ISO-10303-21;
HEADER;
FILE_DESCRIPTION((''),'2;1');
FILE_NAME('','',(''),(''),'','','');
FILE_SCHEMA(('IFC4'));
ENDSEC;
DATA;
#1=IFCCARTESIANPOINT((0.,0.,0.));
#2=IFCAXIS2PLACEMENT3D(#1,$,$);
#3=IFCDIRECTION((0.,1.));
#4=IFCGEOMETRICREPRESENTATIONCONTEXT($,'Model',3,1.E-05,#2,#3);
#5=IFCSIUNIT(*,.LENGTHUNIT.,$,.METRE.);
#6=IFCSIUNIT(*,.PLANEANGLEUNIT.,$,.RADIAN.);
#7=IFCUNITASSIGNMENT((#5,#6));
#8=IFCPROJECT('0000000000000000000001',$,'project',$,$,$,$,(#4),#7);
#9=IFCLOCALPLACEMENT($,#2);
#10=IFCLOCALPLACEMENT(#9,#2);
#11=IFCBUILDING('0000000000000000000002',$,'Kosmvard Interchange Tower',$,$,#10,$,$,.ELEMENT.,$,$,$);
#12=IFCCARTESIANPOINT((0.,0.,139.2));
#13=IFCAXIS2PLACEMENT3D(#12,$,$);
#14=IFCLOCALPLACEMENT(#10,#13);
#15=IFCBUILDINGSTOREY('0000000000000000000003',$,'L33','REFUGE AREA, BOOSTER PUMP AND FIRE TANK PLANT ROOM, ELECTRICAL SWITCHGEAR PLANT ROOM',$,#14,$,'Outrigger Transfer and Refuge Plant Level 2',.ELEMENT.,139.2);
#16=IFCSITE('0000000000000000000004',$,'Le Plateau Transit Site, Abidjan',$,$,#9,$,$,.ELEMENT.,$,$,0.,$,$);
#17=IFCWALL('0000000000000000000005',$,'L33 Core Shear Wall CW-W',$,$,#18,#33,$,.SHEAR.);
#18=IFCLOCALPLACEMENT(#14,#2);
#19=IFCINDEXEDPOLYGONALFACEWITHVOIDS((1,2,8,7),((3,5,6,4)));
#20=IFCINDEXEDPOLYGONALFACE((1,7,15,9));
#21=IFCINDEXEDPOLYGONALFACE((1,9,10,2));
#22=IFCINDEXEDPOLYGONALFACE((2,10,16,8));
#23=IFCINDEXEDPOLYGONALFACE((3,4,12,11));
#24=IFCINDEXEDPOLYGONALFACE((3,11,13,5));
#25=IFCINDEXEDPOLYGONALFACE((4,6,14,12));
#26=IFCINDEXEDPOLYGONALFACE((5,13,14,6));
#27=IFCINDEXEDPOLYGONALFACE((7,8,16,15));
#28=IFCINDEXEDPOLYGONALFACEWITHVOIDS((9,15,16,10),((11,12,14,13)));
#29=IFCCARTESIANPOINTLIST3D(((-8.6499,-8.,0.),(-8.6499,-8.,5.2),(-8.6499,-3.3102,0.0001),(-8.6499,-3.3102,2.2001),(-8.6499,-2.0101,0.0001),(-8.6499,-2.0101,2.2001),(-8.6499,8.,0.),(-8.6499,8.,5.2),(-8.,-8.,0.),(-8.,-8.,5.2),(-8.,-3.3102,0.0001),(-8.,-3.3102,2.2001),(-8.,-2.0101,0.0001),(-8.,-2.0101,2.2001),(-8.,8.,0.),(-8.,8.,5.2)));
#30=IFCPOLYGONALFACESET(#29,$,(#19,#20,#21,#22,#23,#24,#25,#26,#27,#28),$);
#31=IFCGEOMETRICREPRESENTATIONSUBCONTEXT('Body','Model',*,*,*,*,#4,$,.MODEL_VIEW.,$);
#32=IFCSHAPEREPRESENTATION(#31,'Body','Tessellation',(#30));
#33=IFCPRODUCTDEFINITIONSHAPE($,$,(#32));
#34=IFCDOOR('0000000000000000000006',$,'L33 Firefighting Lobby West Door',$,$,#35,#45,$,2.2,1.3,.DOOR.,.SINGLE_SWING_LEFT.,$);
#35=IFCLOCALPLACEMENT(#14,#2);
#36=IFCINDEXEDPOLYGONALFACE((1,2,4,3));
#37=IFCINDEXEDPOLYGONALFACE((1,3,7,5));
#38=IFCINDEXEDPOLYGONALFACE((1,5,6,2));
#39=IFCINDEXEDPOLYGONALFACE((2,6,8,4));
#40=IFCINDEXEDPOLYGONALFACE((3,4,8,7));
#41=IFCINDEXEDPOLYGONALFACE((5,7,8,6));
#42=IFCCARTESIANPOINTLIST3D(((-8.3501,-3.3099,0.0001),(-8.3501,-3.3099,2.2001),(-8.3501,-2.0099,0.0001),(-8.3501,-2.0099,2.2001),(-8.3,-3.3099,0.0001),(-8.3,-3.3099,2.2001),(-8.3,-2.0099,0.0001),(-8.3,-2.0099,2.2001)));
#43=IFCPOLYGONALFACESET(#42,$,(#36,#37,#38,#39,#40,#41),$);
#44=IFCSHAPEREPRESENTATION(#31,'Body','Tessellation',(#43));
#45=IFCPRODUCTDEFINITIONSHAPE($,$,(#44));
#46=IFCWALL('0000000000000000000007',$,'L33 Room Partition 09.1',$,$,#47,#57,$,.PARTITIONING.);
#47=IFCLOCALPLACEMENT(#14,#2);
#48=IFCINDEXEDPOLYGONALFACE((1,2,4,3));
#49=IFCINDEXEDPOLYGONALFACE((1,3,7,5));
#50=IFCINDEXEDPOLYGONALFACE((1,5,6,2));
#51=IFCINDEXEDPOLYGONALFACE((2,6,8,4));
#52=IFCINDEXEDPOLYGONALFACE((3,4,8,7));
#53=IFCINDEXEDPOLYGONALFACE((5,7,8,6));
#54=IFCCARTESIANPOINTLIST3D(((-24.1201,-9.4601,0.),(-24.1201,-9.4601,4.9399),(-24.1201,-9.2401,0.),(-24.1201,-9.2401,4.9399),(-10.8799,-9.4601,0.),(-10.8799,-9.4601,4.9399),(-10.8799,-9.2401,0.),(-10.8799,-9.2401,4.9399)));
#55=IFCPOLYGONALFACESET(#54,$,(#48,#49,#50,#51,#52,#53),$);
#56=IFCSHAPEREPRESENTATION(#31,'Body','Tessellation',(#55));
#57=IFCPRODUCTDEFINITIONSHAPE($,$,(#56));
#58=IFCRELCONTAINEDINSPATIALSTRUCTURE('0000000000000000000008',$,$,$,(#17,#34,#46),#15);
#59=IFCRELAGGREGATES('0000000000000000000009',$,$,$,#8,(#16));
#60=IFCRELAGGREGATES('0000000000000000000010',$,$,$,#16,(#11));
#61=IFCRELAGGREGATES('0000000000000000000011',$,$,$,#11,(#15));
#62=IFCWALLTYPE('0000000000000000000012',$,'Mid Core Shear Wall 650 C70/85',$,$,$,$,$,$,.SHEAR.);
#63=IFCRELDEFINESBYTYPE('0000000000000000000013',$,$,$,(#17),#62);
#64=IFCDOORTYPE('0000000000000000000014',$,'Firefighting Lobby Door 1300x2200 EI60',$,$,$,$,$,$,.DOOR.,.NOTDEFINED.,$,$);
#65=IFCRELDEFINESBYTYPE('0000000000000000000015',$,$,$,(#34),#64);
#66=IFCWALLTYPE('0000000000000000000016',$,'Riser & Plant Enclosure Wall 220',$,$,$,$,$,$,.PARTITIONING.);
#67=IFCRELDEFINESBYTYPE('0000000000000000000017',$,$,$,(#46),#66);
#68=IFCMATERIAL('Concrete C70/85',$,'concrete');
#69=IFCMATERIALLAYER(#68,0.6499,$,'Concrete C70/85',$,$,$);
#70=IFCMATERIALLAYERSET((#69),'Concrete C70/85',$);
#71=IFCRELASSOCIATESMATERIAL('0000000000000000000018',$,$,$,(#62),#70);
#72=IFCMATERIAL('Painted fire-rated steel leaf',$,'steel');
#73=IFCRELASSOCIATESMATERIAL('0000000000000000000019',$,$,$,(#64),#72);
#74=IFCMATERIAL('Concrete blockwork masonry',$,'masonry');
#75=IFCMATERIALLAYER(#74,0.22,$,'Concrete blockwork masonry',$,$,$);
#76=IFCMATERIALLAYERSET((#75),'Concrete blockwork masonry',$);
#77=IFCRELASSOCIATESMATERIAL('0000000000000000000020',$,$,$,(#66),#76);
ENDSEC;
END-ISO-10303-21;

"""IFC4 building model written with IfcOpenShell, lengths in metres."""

from ifc_helpers import new_model, si_unit, direction, frame, frame_2d, origin, place, context, subcontext, project, spatial, rectangle, extrude, source, transform, mapped, material, layer, layer_set, type_object, element, fill, save


model = new_model("IFC4")

# Units and contexts
model_context = context("Model", 3, precision=1e-05, world=origin(), true_north=direction((0.0, 1.0)))
body_context = subcontext(model_context, "Body", "Model", "MODEL_VIEW")
ifc_project = project(units=[si_unit("LENGTHUNIT", "METRE"), si_unit("PLANEANGLEUNIT", "RADIAN")], contexts=[model_context])

# Site, building, storey
site_placement = place(None, origin())
site = spatial("IfcSite", under=ifc_project, at=site_placement, Name="Le Plateau Transit Site, Abidjan", CompositionType="ELEMENT", RefElevation=0.0)
building_placement = place(site_placement, origin())
building = spatial("IfcBuilding", under=site, at=building_placement, Name="Kosmvard Interchange Tower", CompositionType="ELEMENT")
storey_placement = place(building_placement, frame((0.0, 0.0, 139.2)))
storey = spatial("IfcBuildingStorey", under=building, at=storey_placement, Name="L33", Description="REFUGE AREA, BOOSTER PUMP AND FIRE TANK PLANT ROOM, ELECTRICAL SWITCHGEAR PLANT ROOM", LongName="Outrigger Transfer and Refuge Plant Level 2", CompositionType="ELEMENT", Elevation=139.2)

# Shared definitions
ifc_material_1 = material(Name="Concrete blockwork masonry", Category="masonry")
ifc_material_2 = material(Name="Painted fire-rated steel leaf", Category="steel")

# Wall, opening, door
ifc_material_3 = material(Name="Concrete C70/85", Category="concrete")
ifc_layer_1 = layer(ifc_material_3, 0.6499, Name="Concrete C70/85")
ifc_layer_set_1 = layer_set([ifc_layer_1], Name="Concrete C70/85")
wall_type_1 = type_object("IfcWallType", Name="Mid Core Shear Wall 650 C70/85", PredefinedType="SHEAR", material=ifc_layer_set_1)
door_type_1 = type_object("IfcDoorType", Name="Firefighting Lobby Door 1300x2200 EI60", OperationType="NOTDEFINED", PredefinedType="DOOR", material=ifc_material_2)
shared_shape_1 = source(origin(), body_context, "Body", "SweptSolid", [
    extrude(rectangle(XDim=1.3, YDim=2.2, at=frame_2d((0.6499, 1.1001))), frame((0.0, 0.0249, 0.0), z_axis=(0.0, -1.0, 0.0), x_axis=(1.0, 0.0, 0.0)), (0.0, 0.0, 1.0), 0.05),
])
wall_1_placement = place(storey_placement, frame((-8.325, -8.0, 0.0), z_axis=(0.0, 0.0, 1.0), x_axis=(0.0, 1.0, 0.0)))
wall_1 = element("IfcWall", 1, at=wall_1_placement, inside=storey, type_object=wall_type_1, Name="L33 Core Shear Wall CW-W", PredefinedType="SHEAR", context=body_context, shape_type="SweptSolid", body=[
    extrude(rectangle(XDim=16.0, YDim=0.6499, at=frame_2d((8.0, 0.0))), origin(), (0.0, 0.0, 1.0), 5.2),
])
opening_1_placement = place(wall_1_placement, frame((4.6899, 0.0, 0.0)))
opening_1 = element("IfcOpeningElement", 2, at=opening_1_placement, cuts=wall_1, PredefinedType="OPENING", context=body_context, shape_type="SweptSolid", body=[
    extrude(rectangle(XDim=1.3, YDim=2.2, at=frame_2d((0.6499, 1.1001))), frame((0.0, 0.335, 0.0), z_axis=(0.0, -1.0, 0.0), x_axis=(1.0, 0.0, 0.0)), (0.0, 0.0, 1.0), 0.6699),
])
door_1_placement = place(opening_1_placement, frame((1.3, 0.0, 0.0), z_axis=(0.0, 0.0, 1.0), x_axis=(-1.0, 0.0, 0.0)))
door_1 = element("IfcDoor", 3, at=door_1_placement, inside=storey, type_object=door_type_1, Name="L33 Firefighting Lobby West Door", OperationType="SINGLE_SWING_LEFT", OverallHeight=2.2, OverallWidth=1.3, PredefinedType="DOOR", context=body_context, shape_type="MappedRepresentation", body=[
    mapped(shared_shape_1, transform((0.0, 0.0, 0.0), scale=1.0)),
])
fill(opening_1, door_1)

# Wall
ifc_layer_2 = layer(ifc_material_1, 0.22, Name="Concrete blockwork masonry")
ifc_layer_set_2 = layer_set([ifc_layer_2], Name="Concrete blockwork masonry")
wall_type_2 = type_object("IfcWallType", Name="Riser & Plant Enclosure Wall 220", PredefinedType="PARTITIONING", material=ifc_layer_set_2)
wall_2_placement = place(storey_placement, frame((-10.8799, -9.3501, 0.0), z_axis=(0.0, 0.0, 1.0), x_axis=(-1.0, 0.0, 0.0)))
element("IfcWall", 4, at=wall_2_placement, inside=storey, type_object=wall_type_2, Name="L33 Room Partition 09.1", PredefinedType="PARTITIONING", context=body_context, shape_type="SweptSolid", body=[
    extrude(rectangle(XDim=13.2402, YDim=0.22, at=frame_2d((6.6201, 0.0))), origin(), (0.0, 0.0, 1.0), 4.9399),
])

save(model, "model.ifc")
